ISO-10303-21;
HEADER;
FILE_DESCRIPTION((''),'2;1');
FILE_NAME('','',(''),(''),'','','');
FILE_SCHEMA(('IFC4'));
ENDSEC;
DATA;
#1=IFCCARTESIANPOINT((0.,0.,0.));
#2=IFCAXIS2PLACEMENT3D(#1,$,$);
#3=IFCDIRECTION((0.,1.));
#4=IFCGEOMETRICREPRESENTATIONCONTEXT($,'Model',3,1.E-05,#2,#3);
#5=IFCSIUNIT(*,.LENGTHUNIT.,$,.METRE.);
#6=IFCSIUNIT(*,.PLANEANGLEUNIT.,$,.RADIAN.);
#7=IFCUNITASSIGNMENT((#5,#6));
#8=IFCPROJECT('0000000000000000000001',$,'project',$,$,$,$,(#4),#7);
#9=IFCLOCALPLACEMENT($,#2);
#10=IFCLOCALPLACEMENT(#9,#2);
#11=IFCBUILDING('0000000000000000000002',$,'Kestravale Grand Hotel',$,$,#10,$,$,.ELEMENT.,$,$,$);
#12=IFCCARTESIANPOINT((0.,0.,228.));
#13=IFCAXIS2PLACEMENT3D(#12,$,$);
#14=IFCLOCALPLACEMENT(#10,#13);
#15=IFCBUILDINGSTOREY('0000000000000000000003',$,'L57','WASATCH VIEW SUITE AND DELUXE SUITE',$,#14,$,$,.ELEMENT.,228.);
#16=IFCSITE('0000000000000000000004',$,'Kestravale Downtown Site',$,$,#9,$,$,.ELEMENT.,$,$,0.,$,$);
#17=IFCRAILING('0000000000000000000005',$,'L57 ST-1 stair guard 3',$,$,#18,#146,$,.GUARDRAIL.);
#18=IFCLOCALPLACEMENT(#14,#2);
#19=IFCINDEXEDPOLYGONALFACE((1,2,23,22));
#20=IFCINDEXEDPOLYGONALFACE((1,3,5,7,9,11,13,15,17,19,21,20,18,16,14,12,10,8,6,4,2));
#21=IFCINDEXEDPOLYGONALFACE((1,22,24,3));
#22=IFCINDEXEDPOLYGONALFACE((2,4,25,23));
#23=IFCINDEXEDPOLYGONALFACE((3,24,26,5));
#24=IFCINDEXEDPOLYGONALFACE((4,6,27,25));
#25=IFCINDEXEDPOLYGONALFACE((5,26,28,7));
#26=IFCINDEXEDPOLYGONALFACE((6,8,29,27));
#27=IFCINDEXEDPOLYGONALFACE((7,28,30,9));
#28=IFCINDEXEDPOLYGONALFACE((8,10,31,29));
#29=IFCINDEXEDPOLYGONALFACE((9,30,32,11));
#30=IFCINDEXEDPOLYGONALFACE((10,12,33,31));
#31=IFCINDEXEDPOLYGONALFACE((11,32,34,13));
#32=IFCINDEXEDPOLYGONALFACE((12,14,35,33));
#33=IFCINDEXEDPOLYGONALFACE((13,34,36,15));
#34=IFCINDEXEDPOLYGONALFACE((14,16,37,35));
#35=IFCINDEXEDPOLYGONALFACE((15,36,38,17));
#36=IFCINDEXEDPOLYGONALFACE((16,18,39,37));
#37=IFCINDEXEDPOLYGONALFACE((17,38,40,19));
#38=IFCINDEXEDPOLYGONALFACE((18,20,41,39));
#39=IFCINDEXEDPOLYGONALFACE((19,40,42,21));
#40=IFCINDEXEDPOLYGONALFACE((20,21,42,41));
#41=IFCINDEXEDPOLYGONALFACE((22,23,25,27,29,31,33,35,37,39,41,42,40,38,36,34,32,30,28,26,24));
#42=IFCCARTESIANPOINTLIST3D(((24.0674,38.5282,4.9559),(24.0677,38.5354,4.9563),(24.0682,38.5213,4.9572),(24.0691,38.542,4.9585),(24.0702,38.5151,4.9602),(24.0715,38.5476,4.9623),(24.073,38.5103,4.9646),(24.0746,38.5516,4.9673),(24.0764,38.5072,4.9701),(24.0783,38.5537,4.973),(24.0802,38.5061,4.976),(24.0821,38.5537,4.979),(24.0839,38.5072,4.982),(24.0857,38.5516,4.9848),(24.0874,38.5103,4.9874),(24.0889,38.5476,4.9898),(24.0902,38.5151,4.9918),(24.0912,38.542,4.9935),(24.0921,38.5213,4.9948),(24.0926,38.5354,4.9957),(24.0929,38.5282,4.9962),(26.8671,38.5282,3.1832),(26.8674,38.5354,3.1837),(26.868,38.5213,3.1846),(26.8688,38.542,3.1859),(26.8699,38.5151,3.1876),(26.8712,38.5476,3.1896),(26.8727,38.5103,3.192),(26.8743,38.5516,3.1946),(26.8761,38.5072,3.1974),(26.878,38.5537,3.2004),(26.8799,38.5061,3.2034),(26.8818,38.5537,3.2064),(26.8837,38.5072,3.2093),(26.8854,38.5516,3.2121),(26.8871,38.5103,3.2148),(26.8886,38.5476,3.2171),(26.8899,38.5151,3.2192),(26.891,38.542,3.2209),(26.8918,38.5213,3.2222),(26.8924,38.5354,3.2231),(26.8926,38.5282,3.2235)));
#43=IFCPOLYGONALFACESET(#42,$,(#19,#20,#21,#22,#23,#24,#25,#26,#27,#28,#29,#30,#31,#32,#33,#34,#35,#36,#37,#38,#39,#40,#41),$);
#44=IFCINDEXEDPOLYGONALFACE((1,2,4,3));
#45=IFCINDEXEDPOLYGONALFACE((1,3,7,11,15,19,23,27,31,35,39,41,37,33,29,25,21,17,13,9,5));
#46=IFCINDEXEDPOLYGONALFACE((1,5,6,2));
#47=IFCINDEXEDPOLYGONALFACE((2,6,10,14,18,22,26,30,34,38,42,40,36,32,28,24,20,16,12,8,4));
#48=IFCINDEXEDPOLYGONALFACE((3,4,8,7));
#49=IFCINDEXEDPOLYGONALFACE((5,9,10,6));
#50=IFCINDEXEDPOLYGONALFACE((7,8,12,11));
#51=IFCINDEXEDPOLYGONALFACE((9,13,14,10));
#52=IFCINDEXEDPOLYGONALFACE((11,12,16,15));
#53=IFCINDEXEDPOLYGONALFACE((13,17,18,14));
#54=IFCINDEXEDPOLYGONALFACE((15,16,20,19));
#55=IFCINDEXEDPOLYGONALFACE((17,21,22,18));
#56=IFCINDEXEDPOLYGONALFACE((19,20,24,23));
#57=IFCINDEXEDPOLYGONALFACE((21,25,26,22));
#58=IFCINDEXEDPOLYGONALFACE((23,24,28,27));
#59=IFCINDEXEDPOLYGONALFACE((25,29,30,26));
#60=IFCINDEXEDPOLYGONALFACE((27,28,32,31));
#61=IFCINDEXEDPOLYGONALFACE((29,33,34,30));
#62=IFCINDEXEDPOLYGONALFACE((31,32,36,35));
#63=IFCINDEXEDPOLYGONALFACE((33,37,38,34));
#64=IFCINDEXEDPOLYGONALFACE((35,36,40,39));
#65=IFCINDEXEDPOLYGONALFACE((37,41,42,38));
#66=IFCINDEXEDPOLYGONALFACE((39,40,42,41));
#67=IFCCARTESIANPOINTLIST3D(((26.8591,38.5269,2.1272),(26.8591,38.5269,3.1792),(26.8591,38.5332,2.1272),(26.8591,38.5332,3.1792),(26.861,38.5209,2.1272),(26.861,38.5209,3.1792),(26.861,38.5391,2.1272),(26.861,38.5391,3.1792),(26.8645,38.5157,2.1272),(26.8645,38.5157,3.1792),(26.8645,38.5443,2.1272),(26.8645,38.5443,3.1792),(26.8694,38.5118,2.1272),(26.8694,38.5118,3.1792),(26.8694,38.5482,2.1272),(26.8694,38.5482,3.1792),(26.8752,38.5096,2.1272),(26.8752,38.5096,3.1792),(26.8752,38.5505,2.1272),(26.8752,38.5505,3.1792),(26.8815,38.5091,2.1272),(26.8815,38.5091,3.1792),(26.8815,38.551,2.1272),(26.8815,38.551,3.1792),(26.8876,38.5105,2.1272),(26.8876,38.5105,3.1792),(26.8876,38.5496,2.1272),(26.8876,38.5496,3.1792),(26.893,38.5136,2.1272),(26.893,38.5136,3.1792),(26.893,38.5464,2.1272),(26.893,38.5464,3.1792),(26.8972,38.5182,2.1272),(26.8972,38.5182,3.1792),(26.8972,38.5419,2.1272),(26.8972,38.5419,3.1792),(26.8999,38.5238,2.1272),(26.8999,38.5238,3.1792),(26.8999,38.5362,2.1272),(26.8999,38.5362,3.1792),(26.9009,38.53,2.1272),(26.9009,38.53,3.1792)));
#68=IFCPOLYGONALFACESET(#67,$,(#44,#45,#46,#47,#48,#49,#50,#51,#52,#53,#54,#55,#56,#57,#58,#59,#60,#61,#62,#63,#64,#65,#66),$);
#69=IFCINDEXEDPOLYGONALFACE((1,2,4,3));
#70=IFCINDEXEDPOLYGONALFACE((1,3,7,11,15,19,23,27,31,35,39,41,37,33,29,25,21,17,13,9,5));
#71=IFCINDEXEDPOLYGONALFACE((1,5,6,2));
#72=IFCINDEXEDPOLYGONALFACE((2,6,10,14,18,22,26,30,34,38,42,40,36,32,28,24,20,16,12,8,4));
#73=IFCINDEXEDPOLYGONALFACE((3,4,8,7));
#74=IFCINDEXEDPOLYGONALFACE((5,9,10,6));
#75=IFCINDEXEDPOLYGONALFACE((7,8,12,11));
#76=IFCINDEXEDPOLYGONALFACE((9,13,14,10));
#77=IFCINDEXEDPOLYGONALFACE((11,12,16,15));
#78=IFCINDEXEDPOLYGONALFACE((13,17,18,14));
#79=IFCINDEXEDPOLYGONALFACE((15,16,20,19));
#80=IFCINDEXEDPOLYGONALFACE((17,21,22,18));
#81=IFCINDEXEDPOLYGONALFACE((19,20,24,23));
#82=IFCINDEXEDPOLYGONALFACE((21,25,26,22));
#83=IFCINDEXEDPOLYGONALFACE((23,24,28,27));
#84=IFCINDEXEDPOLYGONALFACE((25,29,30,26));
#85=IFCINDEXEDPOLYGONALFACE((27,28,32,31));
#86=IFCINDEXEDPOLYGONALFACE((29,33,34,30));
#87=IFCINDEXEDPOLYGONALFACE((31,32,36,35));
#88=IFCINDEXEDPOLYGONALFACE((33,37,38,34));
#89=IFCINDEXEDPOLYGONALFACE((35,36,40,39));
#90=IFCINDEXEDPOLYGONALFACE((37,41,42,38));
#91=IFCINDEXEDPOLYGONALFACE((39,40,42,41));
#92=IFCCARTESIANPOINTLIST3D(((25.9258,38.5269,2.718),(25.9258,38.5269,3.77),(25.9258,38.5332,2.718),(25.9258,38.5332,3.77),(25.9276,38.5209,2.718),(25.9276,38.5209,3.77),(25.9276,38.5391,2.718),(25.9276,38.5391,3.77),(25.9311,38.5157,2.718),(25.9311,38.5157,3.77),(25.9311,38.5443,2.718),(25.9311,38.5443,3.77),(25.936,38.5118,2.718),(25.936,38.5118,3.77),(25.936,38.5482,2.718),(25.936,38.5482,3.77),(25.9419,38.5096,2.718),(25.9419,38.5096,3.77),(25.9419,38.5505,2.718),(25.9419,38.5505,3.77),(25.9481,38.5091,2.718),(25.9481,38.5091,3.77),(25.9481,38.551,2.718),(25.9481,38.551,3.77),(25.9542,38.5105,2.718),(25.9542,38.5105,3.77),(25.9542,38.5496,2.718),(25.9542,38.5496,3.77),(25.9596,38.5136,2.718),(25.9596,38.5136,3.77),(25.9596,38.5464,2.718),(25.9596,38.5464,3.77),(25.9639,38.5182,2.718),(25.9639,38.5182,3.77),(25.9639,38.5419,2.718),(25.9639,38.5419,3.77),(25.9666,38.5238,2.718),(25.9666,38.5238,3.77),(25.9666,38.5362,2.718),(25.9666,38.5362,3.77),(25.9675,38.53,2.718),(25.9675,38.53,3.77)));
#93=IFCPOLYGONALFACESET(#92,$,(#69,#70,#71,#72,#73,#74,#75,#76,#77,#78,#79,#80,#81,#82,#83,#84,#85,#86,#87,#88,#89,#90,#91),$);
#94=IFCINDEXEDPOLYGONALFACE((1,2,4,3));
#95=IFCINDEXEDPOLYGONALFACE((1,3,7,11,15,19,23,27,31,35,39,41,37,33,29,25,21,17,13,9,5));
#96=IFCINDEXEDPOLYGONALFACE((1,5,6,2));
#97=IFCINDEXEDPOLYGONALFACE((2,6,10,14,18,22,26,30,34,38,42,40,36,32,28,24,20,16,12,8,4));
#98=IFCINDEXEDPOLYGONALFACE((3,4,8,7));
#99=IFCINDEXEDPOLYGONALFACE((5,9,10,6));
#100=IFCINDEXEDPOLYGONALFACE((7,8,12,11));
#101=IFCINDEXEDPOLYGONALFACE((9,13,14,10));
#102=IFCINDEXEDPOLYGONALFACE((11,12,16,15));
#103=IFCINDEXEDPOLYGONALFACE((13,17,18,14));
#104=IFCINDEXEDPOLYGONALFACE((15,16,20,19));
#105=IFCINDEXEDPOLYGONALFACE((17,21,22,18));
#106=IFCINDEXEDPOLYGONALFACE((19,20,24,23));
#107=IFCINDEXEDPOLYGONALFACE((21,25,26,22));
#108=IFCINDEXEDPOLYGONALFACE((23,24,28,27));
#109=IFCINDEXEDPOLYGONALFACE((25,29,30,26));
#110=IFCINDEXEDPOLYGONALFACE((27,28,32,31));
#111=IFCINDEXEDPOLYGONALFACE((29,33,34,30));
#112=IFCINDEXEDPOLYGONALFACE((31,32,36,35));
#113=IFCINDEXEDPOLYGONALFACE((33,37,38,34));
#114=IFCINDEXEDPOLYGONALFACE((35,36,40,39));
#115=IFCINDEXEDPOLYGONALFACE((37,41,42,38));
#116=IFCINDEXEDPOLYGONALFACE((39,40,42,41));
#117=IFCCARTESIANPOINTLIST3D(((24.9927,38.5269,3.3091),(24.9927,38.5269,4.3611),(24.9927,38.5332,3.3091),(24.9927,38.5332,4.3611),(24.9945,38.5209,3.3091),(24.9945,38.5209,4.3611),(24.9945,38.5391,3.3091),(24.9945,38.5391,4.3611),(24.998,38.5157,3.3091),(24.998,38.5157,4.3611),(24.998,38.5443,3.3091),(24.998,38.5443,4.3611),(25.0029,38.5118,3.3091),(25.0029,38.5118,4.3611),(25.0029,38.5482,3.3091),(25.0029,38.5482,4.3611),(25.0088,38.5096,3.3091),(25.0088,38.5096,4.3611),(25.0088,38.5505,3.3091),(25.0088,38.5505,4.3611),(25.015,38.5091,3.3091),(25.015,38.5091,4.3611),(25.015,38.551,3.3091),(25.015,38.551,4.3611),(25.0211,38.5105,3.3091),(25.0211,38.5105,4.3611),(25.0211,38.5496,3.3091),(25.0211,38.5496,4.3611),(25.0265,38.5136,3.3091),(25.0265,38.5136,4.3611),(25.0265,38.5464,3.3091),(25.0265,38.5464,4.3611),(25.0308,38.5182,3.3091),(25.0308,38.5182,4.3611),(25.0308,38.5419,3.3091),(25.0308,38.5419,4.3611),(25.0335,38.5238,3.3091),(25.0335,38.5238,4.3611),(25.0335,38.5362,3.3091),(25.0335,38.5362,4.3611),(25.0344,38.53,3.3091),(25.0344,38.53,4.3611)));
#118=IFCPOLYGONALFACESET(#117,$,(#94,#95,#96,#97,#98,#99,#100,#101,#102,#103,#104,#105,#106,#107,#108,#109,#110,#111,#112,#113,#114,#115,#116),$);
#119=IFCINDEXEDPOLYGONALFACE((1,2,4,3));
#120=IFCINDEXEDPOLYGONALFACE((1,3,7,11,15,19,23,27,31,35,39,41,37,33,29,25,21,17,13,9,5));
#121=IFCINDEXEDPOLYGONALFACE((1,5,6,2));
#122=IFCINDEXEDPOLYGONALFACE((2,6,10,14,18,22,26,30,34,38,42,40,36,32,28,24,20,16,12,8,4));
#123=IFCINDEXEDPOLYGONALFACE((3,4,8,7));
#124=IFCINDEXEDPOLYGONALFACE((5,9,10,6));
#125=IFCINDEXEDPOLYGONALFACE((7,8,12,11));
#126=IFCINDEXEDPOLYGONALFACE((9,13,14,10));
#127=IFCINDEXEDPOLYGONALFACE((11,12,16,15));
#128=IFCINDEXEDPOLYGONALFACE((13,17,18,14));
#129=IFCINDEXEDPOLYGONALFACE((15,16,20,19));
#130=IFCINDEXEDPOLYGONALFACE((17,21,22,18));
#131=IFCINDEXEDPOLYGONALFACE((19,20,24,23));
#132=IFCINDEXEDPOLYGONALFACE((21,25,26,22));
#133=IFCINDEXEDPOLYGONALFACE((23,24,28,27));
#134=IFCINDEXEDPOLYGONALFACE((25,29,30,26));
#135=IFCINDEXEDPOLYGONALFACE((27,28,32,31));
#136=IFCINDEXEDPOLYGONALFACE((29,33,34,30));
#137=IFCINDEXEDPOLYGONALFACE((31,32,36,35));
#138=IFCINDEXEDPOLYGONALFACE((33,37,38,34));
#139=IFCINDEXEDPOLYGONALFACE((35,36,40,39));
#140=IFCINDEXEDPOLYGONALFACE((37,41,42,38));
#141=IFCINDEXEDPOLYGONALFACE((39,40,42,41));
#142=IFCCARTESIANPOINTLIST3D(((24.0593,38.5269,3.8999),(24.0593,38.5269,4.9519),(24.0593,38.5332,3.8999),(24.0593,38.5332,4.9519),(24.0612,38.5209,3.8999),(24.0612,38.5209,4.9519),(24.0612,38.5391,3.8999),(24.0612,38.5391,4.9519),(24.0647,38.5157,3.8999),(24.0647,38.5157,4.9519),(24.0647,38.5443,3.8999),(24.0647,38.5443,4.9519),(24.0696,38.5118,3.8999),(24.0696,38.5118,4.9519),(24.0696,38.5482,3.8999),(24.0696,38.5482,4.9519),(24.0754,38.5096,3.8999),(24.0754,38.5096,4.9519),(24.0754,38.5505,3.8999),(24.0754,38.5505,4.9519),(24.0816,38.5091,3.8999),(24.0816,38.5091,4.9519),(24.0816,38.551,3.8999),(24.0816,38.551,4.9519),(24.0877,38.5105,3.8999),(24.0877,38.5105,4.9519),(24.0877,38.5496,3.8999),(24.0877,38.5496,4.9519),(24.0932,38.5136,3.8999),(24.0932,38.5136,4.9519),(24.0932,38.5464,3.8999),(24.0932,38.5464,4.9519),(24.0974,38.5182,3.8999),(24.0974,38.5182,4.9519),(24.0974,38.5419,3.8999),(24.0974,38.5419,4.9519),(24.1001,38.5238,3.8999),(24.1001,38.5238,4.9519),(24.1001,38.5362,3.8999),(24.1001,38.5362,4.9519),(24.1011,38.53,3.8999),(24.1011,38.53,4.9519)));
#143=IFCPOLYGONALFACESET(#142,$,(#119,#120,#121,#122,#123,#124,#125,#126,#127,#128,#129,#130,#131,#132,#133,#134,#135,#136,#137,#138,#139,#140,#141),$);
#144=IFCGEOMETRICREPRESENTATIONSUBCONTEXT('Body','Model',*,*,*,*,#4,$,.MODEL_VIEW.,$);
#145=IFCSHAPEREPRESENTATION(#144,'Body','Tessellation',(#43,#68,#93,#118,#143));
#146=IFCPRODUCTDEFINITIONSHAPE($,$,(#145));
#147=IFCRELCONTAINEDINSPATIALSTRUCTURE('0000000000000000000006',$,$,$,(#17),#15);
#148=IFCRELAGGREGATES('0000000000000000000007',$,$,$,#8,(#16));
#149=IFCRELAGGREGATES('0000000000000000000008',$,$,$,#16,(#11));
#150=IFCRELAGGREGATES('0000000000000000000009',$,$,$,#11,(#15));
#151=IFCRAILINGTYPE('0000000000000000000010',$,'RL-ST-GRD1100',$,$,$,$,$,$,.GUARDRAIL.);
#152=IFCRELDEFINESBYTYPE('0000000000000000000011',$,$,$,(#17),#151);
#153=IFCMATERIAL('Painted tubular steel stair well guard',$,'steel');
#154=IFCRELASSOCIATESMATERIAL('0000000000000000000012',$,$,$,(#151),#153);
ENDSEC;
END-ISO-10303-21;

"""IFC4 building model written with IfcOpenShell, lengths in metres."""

from ifc_helpers import new_model, si_unit, direction, frame, origin, origin_2d, place, context, subcontext, project, spatial, circle, extrude, material, type_object, element, save


model = new_model("IFC4")

# Units and contexts
model_context = context("Model", 3, precision=1e-05, world=origin(), true_north=direction((0.0, 1.0)))
body_context = subcontext(model_context, "Body", "Model", "MODEL_VIEW")
ifc_project = project(units=[si_unit("LENGTHUNIT", "METRE"), si_unit("PLANEANGLEUNIT", "RADIAN")], contexts=[model_context])

# Site, building, storey
site_placement = place(None, origin())
site = spatial("IfcSite", under=ifc_project, at=site_placement, Name="Kestravale Downtown Site", CompositionType="ELEMENT", RefElevation=0.0)
building_placement = place(site_placement, origin())
building = spatial("IfcBuilding", under=site, at=building_placement, Name="Kestravale Grand Hotel", CompositionType="ELEMENT")
storey_placement = place(building_placement, frame((0.0, 0.0, 228.0)))
storey = spatial("IfcBuildingStorey", under=building, at=storey_placement, Name="L57", Description="WASATCH VIEW SUITE AND DELUXE SUITE", CompositionType="ELEMENT", Elevation=228.0)

# Railing
ifc_material_1 = material(Name="Painted tubular steel stair well guard", Category="steel")
railing_type_1 = type_object("IfcRailingType", Name="RL-ST-GRD1100", PredefinedType="GUARDRAIL", material=ifc_material_1)
railing_1_placement = place(storey_placement, frame((26.8799, 38.53, 2.1272)))
element("IfcRailing", 1, at=railing_1_placement, inside=storey, type_object=railing_type_1, Name="L57 ST-1 stair guard 3", PredefinedType="GUARDRAIL", context=body_context, shape_type="SweptSolid", body=[
    extrude(circle(Radius=0.0239, at=origin_2d()), frame((0.0, 0.0, 1.0762), z_axis=(-0.844888, 0.0, 0.534943), x_axis=(0.0, -1.0, 0.0)), (0.0, 0.0, 1.0), 3.3137),
    extrude(circle(Radius=0.021, at=origin_2d()), origin(), (0.0, 0.0, 1.0), 1.052),
    extrude(circle(Radius=0.021, at=origin_2d()), frame((-0.9333, 0.0, 0.5908)), (0.0, 0.0, 1.0), 1.052),
    extrude(circle(Radius=0.021, at=origin_2d()), frame((-1.8665, 0.0, 1.1819)), (0.0, 0.0, 1.0), 1.052),
    extrude(circle(Radius=0.021, at=origin_2d()), frame((-2.7998, 0.0, 1.7727)), (0.0, 0.0, 1.0), 1.052),
])

save(model, "model.ifc")
